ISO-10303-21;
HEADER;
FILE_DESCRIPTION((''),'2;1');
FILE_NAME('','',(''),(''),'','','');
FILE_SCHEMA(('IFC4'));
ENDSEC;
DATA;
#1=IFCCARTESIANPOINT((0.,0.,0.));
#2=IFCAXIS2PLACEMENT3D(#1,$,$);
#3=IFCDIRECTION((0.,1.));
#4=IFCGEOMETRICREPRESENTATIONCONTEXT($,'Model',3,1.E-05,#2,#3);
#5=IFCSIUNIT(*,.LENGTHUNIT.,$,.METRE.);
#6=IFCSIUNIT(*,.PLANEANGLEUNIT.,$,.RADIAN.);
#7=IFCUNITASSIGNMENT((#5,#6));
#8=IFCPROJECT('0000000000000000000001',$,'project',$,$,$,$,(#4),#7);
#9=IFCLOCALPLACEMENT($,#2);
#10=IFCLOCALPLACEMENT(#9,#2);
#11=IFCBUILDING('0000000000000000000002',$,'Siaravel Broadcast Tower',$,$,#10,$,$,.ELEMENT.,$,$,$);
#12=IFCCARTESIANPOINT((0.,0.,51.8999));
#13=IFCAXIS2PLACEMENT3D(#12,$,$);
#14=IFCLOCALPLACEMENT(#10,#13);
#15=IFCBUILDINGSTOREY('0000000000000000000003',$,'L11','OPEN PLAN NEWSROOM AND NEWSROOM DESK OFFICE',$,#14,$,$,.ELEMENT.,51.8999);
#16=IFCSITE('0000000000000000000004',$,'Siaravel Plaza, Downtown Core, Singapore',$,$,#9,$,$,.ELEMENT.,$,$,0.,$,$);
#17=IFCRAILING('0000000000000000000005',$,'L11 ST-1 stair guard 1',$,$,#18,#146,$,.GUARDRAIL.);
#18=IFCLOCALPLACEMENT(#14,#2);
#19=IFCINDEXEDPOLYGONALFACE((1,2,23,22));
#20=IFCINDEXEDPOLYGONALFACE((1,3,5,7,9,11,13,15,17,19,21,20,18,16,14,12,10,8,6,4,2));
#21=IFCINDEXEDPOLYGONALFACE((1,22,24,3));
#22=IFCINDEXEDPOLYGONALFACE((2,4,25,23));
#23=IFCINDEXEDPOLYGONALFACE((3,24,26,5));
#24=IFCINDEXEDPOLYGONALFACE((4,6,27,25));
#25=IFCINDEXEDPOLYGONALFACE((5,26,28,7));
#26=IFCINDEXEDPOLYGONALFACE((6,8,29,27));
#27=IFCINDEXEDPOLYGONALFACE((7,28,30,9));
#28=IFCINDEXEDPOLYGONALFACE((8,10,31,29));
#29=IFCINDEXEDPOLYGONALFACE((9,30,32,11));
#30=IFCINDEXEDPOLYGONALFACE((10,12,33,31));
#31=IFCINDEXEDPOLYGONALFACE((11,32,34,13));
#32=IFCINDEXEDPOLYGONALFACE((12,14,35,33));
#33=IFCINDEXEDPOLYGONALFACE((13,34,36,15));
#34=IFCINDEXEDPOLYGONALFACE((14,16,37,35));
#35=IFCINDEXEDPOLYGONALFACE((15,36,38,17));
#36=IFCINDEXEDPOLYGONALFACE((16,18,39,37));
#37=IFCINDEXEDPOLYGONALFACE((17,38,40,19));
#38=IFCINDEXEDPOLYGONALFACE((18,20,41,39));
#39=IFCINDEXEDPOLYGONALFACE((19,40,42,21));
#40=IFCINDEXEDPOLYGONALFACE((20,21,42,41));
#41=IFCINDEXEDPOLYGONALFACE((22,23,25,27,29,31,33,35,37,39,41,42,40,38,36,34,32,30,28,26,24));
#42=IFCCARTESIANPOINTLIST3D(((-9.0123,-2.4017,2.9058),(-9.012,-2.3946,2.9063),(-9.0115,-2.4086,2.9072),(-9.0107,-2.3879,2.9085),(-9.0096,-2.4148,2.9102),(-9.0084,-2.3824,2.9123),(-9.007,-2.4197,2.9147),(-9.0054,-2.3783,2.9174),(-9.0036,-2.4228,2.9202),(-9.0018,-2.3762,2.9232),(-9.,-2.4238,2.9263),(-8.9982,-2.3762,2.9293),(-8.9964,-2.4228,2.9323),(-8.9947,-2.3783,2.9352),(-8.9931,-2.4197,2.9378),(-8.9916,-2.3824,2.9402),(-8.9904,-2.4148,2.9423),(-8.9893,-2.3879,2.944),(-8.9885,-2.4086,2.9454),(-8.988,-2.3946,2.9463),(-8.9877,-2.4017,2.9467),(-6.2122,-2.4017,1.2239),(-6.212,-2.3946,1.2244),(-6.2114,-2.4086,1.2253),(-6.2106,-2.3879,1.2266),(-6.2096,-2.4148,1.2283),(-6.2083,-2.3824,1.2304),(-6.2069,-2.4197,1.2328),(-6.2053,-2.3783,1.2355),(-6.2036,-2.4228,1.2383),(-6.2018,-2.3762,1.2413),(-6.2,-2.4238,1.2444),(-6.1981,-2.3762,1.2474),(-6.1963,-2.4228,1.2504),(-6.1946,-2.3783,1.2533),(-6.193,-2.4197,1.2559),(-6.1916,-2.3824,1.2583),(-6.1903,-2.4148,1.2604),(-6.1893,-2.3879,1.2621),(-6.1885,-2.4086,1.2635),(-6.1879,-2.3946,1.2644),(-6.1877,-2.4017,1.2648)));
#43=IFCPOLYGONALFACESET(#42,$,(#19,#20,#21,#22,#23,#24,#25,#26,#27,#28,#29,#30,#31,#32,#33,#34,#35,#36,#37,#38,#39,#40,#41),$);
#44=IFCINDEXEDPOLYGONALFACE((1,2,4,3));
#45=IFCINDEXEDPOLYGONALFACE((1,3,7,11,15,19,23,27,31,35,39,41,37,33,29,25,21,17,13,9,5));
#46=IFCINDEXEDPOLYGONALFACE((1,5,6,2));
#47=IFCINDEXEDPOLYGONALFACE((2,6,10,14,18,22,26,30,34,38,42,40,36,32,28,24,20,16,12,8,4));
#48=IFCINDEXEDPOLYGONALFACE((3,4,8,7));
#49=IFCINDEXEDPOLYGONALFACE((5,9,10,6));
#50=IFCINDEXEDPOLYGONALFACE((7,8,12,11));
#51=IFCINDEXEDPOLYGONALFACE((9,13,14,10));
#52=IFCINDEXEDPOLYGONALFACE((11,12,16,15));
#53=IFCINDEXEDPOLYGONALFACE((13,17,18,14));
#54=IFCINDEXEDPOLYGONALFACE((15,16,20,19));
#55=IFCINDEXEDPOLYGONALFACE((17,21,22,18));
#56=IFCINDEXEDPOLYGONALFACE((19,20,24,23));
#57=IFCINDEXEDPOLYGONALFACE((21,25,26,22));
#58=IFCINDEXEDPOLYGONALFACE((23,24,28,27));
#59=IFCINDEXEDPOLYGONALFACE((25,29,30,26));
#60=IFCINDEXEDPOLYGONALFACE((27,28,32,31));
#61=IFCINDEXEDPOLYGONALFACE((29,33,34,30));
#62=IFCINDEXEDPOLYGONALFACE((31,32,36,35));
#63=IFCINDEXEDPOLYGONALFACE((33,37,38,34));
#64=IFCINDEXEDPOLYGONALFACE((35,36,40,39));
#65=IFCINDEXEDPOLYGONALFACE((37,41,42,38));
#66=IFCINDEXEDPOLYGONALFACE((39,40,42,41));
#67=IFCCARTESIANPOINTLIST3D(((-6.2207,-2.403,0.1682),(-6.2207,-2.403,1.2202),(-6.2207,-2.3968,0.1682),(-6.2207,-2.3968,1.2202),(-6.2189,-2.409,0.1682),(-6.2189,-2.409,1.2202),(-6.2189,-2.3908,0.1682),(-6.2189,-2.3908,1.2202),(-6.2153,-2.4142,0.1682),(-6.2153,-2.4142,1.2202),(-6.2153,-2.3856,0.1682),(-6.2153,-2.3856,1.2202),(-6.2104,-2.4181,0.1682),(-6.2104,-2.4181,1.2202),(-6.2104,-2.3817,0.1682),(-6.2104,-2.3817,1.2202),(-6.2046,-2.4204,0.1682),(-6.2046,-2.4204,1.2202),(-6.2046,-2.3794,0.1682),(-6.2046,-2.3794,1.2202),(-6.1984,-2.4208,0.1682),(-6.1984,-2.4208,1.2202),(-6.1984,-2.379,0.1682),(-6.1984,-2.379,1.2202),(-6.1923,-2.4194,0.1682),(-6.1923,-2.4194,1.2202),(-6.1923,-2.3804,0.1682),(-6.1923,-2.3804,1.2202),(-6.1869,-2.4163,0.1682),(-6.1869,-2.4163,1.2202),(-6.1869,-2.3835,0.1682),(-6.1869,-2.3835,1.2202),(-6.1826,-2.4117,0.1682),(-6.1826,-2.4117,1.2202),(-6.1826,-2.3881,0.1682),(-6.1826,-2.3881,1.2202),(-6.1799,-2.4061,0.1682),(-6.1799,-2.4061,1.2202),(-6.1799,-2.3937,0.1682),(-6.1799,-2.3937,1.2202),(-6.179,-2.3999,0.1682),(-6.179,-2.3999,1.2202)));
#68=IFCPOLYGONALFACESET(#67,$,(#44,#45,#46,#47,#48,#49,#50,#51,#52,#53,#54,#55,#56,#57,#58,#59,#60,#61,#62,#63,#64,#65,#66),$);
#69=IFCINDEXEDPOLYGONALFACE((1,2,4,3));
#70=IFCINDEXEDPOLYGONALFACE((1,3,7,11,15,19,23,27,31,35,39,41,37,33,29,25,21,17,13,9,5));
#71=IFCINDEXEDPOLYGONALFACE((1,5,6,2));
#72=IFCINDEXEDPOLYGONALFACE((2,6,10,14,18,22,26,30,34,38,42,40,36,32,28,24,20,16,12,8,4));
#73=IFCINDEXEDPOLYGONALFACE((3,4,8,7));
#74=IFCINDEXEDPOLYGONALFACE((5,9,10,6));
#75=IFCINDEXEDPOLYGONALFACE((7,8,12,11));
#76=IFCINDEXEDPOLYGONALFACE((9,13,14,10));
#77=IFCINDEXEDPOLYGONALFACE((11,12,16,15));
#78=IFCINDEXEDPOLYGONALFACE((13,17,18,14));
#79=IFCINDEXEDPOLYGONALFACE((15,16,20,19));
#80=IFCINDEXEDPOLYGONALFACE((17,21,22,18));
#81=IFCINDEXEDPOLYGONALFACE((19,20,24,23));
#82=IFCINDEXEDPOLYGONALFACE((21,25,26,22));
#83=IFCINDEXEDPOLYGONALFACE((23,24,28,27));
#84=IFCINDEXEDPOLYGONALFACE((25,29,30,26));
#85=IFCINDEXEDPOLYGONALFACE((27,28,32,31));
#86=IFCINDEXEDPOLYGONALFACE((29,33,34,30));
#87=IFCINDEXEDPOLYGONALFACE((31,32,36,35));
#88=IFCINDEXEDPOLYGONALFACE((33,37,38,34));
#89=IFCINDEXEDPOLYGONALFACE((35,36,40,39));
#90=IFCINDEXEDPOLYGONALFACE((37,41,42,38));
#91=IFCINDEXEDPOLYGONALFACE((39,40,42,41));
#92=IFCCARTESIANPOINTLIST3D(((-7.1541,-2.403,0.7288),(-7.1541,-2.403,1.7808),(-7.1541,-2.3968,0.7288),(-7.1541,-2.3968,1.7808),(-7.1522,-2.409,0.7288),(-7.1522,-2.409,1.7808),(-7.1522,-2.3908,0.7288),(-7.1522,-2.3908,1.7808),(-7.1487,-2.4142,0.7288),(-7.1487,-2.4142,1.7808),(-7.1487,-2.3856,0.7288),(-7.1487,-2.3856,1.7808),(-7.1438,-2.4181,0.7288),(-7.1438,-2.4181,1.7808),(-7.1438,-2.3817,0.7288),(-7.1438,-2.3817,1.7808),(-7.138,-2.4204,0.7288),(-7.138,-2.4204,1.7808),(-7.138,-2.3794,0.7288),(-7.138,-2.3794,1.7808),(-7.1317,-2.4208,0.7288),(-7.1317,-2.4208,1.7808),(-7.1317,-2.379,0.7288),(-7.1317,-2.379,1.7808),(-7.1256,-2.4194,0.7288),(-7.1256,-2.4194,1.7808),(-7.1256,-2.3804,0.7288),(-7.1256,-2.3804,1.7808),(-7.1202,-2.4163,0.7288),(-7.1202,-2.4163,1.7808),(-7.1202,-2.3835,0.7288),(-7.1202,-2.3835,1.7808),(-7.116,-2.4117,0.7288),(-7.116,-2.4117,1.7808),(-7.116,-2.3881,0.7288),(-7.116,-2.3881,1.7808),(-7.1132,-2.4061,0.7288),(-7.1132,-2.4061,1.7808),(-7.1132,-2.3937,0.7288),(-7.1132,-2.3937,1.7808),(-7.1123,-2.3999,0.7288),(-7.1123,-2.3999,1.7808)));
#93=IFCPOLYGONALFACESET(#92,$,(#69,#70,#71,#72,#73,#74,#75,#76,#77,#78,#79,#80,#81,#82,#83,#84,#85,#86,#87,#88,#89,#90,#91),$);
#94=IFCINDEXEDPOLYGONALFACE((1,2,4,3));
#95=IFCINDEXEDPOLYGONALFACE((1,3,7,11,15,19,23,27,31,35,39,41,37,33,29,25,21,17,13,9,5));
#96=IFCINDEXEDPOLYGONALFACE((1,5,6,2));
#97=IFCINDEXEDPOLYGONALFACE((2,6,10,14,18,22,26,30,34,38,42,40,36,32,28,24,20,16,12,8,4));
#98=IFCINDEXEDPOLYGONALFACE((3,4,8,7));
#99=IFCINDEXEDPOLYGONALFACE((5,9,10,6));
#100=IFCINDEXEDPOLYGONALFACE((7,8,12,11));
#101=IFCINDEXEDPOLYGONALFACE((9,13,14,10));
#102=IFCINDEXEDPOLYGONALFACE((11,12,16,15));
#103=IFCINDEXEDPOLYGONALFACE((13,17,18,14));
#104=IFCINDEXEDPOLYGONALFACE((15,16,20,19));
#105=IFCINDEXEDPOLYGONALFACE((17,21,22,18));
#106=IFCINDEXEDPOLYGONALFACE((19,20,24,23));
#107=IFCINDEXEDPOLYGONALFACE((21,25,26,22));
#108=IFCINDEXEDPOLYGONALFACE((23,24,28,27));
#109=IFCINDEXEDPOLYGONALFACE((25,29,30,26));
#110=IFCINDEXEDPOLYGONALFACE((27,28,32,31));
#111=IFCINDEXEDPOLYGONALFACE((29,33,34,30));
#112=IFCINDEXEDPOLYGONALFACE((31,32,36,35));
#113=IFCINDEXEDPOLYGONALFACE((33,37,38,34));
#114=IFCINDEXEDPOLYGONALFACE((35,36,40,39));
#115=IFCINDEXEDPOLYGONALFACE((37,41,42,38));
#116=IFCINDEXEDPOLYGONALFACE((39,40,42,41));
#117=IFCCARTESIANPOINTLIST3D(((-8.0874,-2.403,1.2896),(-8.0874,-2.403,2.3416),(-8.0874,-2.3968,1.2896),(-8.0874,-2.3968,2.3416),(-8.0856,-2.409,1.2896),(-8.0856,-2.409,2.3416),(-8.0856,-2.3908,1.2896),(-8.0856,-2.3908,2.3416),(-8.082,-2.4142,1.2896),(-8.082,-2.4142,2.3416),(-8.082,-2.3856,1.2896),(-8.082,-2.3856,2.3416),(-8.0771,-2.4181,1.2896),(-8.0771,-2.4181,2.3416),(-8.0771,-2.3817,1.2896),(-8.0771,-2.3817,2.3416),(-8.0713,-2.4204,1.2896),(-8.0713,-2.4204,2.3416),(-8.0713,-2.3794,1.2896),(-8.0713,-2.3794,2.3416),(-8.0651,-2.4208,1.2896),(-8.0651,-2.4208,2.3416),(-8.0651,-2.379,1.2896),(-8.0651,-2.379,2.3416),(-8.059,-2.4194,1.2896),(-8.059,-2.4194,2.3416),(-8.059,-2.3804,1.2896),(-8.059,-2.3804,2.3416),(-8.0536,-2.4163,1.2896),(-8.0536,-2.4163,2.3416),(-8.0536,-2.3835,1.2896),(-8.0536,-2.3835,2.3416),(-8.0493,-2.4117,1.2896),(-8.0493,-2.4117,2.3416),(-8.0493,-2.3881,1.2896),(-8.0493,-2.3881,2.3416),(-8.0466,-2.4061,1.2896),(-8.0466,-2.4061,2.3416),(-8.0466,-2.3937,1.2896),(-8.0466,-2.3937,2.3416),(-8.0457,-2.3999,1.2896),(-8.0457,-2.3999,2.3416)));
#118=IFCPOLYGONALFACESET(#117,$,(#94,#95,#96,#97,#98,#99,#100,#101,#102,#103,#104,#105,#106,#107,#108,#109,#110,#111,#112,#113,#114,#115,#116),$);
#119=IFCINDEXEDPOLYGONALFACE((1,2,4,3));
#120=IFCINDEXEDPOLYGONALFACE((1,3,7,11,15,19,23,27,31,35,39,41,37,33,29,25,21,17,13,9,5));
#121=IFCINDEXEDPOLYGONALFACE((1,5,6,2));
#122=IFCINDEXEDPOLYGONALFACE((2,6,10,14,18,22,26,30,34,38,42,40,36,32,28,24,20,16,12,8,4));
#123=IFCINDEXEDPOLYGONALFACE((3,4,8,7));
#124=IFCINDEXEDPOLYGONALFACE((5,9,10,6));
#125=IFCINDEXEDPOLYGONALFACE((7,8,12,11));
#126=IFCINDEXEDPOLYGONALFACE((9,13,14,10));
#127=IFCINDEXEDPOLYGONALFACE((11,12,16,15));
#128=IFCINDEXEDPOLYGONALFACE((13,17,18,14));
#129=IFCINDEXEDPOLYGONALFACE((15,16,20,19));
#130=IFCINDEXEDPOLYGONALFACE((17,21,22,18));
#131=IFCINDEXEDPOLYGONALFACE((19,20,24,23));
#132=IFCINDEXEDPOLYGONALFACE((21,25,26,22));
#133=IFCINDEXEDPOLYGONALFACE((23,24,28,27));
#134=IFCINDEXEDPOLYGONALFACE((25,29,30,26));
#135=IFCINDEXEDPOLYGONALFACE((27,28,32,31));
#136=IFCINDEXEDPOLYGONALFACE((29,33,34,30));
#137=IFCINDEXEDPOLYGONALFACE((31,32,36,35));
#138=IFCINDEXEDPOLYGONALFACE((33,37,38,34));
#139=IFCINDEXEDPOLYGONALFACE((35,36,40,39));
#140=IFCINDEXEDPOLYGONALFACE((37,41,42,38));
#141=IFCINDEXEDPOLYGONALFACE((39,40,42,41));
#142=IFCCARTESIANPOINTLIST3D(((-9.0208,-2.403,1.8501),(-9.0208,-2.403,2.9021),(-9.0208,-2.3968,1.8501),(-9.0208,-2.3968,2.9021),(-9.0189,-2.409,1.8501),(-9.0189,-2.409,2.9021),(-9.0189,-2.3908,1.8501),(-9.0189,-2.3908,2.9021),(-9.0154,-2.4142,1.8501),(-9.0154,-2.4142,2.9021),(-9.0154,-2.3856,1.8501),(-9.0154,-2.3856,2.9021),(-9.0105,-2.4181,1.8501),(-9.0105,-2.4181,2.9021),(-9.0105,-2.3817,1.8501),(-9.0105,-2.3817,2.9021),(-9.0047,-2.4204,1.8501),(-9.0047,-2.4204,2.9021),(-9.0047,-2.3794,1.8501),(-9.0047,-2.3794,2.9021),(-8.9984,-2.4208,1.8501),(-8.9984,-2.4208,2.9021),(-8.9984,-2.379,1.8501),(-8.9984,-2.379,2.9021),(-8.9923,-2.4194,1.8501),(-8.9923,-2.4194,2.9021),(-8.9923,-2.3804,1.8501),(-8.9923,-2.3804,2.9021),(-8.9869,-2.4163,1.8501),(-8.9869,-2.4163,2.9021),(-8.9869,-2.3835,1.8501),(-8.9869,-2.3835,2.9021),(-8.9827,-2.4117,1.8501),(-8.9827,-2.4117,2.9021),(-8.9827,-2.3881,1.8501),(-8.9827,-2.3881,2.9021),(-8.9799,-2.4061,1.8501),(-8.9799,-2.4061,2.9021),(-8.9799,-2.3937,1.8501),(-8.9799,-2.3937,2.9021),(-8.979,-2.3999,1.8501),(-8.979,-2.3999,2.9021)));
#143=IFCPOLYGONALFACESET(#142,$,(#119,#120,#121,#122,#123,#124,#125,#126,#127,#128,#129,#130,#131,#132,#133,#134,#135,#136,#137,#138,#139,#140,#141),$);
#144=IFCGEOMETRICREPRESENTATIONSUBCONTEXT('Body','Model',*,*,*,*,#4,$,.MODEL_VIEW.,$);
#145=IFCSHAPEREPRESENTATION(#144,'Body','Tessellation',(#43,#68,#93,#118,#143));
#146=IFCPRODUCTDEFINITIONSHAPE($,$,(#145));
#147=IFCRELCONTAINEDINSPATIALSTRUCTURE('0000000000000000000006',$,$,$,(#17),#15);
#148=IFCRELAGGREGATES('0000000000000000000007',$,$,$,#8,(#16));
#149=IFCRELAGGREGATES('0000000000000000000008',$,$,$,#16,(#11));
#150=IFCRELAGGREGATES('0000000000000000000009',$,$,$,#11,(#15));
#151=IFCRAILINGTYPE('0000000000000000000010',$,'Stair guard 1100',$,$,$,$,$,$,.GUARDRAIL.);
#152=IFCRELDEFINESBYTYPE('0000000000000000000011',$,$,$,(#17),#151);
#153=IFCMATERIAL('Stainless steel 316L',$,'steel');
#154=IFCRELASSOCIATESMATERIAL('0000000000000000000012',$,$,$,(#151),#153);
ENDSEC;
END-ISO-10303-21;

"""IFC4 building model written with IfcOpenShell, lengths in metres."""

from ifc_helpers import new_model, si_unit, direction, frame, origin, origin_2d, place, context, subcontext, project, spatial, circle, extrude, material, type_object, element, save


model = new_model("IFC4")

# Units and contexts
model_context = context("Model", 3, precision=1e-05, world=origin(), true_north=direction((0.0, 1.0)))
body_context = subcontext(model_context, "Body", "Model", "MODEL_VIEW")
ifc_project = project(units=[si_unit("LENGTHUNIT", "METRE"), si_unit("PLANEANGLEUNIT", "RADIAN")], contexts=[model_context])

# Site, building, storey
site_placement = place(None, origin())
site = spatial("IfcSite", under=ifc_project, at=site_placement, Name="Siaravel Plaza, Downtown Core, Singapore", CompositionType="ELEMENT", RefElevation=0.0)
building_placement = place(site_placement, origin())
building = spatial("IfcBuilding", under=site, at=building_placement, Name="Siaravel Broadcast Tower", CompositionType="ELEMENT")
storey_placement = place(building_placement, frame((0.0, 0.0, 51.8999)))
storey = spatial("IfcBuildingStorey", under=building, at=storey_placement, Name="L11", Description="OPEN PLAN NEWSROOM AND NEWSROOM DESK OFFICE", CompositionType="ELEMENT", Elevation=51.8999)

# Railing
ifc_material_1 = material(Name="Stainless steel 316L", Category="steel")
railing_type_1 = type_object("IfcRailingType", Name="Stair guard 1100", PredefinedType="GUARDRAIL", material=ifc_material_1)
railing_1_placement = place(storey_placement, frame((-6.2, -2.3999, 0.1682)))
element("IfcRailing", 1, at=railing_1_placement, inside=storey, type_object=railing_type_1, Name="L11 ST-1 stair guard 1", PredefinedType="GUARDRAIL", context=body_context, shape_type="SweptSolid", body=[
    extrude(circle(Radius=0.0239, at=origin_2d()), frame((0.0, 0.0, 1.0762), z_axis=(-0.857242, 0.0, 0.514913), x_axis=(0.0, -1.0, 0.0)), (0.0, 0.0, 1.0), 3.2664),
    extrude(circle(Radius=0.021, at=origin_2d()), origin(), (0.0, 0.0, 1.0), 1.052),
    extrude(circle(Radius=0.021, at=origin_2d()), frame((-0.9333, 0.0, 0.5605)), (0.0, 0.0, 1.0), 1.052),
    extrude(circle(Radius=0.021, at=origin_2d()), frame((-1.8667, 0.0, 1.1213)), (0.0, 0.0, 1.0), 1.052),
    extrude(circle(Radius=0.021, at=origin_2d()), frame((-2.8, 0.0, 1.6819)), (0.0, 0.0, 1.0), 1.052),
])

save(model, "model.ifc")
